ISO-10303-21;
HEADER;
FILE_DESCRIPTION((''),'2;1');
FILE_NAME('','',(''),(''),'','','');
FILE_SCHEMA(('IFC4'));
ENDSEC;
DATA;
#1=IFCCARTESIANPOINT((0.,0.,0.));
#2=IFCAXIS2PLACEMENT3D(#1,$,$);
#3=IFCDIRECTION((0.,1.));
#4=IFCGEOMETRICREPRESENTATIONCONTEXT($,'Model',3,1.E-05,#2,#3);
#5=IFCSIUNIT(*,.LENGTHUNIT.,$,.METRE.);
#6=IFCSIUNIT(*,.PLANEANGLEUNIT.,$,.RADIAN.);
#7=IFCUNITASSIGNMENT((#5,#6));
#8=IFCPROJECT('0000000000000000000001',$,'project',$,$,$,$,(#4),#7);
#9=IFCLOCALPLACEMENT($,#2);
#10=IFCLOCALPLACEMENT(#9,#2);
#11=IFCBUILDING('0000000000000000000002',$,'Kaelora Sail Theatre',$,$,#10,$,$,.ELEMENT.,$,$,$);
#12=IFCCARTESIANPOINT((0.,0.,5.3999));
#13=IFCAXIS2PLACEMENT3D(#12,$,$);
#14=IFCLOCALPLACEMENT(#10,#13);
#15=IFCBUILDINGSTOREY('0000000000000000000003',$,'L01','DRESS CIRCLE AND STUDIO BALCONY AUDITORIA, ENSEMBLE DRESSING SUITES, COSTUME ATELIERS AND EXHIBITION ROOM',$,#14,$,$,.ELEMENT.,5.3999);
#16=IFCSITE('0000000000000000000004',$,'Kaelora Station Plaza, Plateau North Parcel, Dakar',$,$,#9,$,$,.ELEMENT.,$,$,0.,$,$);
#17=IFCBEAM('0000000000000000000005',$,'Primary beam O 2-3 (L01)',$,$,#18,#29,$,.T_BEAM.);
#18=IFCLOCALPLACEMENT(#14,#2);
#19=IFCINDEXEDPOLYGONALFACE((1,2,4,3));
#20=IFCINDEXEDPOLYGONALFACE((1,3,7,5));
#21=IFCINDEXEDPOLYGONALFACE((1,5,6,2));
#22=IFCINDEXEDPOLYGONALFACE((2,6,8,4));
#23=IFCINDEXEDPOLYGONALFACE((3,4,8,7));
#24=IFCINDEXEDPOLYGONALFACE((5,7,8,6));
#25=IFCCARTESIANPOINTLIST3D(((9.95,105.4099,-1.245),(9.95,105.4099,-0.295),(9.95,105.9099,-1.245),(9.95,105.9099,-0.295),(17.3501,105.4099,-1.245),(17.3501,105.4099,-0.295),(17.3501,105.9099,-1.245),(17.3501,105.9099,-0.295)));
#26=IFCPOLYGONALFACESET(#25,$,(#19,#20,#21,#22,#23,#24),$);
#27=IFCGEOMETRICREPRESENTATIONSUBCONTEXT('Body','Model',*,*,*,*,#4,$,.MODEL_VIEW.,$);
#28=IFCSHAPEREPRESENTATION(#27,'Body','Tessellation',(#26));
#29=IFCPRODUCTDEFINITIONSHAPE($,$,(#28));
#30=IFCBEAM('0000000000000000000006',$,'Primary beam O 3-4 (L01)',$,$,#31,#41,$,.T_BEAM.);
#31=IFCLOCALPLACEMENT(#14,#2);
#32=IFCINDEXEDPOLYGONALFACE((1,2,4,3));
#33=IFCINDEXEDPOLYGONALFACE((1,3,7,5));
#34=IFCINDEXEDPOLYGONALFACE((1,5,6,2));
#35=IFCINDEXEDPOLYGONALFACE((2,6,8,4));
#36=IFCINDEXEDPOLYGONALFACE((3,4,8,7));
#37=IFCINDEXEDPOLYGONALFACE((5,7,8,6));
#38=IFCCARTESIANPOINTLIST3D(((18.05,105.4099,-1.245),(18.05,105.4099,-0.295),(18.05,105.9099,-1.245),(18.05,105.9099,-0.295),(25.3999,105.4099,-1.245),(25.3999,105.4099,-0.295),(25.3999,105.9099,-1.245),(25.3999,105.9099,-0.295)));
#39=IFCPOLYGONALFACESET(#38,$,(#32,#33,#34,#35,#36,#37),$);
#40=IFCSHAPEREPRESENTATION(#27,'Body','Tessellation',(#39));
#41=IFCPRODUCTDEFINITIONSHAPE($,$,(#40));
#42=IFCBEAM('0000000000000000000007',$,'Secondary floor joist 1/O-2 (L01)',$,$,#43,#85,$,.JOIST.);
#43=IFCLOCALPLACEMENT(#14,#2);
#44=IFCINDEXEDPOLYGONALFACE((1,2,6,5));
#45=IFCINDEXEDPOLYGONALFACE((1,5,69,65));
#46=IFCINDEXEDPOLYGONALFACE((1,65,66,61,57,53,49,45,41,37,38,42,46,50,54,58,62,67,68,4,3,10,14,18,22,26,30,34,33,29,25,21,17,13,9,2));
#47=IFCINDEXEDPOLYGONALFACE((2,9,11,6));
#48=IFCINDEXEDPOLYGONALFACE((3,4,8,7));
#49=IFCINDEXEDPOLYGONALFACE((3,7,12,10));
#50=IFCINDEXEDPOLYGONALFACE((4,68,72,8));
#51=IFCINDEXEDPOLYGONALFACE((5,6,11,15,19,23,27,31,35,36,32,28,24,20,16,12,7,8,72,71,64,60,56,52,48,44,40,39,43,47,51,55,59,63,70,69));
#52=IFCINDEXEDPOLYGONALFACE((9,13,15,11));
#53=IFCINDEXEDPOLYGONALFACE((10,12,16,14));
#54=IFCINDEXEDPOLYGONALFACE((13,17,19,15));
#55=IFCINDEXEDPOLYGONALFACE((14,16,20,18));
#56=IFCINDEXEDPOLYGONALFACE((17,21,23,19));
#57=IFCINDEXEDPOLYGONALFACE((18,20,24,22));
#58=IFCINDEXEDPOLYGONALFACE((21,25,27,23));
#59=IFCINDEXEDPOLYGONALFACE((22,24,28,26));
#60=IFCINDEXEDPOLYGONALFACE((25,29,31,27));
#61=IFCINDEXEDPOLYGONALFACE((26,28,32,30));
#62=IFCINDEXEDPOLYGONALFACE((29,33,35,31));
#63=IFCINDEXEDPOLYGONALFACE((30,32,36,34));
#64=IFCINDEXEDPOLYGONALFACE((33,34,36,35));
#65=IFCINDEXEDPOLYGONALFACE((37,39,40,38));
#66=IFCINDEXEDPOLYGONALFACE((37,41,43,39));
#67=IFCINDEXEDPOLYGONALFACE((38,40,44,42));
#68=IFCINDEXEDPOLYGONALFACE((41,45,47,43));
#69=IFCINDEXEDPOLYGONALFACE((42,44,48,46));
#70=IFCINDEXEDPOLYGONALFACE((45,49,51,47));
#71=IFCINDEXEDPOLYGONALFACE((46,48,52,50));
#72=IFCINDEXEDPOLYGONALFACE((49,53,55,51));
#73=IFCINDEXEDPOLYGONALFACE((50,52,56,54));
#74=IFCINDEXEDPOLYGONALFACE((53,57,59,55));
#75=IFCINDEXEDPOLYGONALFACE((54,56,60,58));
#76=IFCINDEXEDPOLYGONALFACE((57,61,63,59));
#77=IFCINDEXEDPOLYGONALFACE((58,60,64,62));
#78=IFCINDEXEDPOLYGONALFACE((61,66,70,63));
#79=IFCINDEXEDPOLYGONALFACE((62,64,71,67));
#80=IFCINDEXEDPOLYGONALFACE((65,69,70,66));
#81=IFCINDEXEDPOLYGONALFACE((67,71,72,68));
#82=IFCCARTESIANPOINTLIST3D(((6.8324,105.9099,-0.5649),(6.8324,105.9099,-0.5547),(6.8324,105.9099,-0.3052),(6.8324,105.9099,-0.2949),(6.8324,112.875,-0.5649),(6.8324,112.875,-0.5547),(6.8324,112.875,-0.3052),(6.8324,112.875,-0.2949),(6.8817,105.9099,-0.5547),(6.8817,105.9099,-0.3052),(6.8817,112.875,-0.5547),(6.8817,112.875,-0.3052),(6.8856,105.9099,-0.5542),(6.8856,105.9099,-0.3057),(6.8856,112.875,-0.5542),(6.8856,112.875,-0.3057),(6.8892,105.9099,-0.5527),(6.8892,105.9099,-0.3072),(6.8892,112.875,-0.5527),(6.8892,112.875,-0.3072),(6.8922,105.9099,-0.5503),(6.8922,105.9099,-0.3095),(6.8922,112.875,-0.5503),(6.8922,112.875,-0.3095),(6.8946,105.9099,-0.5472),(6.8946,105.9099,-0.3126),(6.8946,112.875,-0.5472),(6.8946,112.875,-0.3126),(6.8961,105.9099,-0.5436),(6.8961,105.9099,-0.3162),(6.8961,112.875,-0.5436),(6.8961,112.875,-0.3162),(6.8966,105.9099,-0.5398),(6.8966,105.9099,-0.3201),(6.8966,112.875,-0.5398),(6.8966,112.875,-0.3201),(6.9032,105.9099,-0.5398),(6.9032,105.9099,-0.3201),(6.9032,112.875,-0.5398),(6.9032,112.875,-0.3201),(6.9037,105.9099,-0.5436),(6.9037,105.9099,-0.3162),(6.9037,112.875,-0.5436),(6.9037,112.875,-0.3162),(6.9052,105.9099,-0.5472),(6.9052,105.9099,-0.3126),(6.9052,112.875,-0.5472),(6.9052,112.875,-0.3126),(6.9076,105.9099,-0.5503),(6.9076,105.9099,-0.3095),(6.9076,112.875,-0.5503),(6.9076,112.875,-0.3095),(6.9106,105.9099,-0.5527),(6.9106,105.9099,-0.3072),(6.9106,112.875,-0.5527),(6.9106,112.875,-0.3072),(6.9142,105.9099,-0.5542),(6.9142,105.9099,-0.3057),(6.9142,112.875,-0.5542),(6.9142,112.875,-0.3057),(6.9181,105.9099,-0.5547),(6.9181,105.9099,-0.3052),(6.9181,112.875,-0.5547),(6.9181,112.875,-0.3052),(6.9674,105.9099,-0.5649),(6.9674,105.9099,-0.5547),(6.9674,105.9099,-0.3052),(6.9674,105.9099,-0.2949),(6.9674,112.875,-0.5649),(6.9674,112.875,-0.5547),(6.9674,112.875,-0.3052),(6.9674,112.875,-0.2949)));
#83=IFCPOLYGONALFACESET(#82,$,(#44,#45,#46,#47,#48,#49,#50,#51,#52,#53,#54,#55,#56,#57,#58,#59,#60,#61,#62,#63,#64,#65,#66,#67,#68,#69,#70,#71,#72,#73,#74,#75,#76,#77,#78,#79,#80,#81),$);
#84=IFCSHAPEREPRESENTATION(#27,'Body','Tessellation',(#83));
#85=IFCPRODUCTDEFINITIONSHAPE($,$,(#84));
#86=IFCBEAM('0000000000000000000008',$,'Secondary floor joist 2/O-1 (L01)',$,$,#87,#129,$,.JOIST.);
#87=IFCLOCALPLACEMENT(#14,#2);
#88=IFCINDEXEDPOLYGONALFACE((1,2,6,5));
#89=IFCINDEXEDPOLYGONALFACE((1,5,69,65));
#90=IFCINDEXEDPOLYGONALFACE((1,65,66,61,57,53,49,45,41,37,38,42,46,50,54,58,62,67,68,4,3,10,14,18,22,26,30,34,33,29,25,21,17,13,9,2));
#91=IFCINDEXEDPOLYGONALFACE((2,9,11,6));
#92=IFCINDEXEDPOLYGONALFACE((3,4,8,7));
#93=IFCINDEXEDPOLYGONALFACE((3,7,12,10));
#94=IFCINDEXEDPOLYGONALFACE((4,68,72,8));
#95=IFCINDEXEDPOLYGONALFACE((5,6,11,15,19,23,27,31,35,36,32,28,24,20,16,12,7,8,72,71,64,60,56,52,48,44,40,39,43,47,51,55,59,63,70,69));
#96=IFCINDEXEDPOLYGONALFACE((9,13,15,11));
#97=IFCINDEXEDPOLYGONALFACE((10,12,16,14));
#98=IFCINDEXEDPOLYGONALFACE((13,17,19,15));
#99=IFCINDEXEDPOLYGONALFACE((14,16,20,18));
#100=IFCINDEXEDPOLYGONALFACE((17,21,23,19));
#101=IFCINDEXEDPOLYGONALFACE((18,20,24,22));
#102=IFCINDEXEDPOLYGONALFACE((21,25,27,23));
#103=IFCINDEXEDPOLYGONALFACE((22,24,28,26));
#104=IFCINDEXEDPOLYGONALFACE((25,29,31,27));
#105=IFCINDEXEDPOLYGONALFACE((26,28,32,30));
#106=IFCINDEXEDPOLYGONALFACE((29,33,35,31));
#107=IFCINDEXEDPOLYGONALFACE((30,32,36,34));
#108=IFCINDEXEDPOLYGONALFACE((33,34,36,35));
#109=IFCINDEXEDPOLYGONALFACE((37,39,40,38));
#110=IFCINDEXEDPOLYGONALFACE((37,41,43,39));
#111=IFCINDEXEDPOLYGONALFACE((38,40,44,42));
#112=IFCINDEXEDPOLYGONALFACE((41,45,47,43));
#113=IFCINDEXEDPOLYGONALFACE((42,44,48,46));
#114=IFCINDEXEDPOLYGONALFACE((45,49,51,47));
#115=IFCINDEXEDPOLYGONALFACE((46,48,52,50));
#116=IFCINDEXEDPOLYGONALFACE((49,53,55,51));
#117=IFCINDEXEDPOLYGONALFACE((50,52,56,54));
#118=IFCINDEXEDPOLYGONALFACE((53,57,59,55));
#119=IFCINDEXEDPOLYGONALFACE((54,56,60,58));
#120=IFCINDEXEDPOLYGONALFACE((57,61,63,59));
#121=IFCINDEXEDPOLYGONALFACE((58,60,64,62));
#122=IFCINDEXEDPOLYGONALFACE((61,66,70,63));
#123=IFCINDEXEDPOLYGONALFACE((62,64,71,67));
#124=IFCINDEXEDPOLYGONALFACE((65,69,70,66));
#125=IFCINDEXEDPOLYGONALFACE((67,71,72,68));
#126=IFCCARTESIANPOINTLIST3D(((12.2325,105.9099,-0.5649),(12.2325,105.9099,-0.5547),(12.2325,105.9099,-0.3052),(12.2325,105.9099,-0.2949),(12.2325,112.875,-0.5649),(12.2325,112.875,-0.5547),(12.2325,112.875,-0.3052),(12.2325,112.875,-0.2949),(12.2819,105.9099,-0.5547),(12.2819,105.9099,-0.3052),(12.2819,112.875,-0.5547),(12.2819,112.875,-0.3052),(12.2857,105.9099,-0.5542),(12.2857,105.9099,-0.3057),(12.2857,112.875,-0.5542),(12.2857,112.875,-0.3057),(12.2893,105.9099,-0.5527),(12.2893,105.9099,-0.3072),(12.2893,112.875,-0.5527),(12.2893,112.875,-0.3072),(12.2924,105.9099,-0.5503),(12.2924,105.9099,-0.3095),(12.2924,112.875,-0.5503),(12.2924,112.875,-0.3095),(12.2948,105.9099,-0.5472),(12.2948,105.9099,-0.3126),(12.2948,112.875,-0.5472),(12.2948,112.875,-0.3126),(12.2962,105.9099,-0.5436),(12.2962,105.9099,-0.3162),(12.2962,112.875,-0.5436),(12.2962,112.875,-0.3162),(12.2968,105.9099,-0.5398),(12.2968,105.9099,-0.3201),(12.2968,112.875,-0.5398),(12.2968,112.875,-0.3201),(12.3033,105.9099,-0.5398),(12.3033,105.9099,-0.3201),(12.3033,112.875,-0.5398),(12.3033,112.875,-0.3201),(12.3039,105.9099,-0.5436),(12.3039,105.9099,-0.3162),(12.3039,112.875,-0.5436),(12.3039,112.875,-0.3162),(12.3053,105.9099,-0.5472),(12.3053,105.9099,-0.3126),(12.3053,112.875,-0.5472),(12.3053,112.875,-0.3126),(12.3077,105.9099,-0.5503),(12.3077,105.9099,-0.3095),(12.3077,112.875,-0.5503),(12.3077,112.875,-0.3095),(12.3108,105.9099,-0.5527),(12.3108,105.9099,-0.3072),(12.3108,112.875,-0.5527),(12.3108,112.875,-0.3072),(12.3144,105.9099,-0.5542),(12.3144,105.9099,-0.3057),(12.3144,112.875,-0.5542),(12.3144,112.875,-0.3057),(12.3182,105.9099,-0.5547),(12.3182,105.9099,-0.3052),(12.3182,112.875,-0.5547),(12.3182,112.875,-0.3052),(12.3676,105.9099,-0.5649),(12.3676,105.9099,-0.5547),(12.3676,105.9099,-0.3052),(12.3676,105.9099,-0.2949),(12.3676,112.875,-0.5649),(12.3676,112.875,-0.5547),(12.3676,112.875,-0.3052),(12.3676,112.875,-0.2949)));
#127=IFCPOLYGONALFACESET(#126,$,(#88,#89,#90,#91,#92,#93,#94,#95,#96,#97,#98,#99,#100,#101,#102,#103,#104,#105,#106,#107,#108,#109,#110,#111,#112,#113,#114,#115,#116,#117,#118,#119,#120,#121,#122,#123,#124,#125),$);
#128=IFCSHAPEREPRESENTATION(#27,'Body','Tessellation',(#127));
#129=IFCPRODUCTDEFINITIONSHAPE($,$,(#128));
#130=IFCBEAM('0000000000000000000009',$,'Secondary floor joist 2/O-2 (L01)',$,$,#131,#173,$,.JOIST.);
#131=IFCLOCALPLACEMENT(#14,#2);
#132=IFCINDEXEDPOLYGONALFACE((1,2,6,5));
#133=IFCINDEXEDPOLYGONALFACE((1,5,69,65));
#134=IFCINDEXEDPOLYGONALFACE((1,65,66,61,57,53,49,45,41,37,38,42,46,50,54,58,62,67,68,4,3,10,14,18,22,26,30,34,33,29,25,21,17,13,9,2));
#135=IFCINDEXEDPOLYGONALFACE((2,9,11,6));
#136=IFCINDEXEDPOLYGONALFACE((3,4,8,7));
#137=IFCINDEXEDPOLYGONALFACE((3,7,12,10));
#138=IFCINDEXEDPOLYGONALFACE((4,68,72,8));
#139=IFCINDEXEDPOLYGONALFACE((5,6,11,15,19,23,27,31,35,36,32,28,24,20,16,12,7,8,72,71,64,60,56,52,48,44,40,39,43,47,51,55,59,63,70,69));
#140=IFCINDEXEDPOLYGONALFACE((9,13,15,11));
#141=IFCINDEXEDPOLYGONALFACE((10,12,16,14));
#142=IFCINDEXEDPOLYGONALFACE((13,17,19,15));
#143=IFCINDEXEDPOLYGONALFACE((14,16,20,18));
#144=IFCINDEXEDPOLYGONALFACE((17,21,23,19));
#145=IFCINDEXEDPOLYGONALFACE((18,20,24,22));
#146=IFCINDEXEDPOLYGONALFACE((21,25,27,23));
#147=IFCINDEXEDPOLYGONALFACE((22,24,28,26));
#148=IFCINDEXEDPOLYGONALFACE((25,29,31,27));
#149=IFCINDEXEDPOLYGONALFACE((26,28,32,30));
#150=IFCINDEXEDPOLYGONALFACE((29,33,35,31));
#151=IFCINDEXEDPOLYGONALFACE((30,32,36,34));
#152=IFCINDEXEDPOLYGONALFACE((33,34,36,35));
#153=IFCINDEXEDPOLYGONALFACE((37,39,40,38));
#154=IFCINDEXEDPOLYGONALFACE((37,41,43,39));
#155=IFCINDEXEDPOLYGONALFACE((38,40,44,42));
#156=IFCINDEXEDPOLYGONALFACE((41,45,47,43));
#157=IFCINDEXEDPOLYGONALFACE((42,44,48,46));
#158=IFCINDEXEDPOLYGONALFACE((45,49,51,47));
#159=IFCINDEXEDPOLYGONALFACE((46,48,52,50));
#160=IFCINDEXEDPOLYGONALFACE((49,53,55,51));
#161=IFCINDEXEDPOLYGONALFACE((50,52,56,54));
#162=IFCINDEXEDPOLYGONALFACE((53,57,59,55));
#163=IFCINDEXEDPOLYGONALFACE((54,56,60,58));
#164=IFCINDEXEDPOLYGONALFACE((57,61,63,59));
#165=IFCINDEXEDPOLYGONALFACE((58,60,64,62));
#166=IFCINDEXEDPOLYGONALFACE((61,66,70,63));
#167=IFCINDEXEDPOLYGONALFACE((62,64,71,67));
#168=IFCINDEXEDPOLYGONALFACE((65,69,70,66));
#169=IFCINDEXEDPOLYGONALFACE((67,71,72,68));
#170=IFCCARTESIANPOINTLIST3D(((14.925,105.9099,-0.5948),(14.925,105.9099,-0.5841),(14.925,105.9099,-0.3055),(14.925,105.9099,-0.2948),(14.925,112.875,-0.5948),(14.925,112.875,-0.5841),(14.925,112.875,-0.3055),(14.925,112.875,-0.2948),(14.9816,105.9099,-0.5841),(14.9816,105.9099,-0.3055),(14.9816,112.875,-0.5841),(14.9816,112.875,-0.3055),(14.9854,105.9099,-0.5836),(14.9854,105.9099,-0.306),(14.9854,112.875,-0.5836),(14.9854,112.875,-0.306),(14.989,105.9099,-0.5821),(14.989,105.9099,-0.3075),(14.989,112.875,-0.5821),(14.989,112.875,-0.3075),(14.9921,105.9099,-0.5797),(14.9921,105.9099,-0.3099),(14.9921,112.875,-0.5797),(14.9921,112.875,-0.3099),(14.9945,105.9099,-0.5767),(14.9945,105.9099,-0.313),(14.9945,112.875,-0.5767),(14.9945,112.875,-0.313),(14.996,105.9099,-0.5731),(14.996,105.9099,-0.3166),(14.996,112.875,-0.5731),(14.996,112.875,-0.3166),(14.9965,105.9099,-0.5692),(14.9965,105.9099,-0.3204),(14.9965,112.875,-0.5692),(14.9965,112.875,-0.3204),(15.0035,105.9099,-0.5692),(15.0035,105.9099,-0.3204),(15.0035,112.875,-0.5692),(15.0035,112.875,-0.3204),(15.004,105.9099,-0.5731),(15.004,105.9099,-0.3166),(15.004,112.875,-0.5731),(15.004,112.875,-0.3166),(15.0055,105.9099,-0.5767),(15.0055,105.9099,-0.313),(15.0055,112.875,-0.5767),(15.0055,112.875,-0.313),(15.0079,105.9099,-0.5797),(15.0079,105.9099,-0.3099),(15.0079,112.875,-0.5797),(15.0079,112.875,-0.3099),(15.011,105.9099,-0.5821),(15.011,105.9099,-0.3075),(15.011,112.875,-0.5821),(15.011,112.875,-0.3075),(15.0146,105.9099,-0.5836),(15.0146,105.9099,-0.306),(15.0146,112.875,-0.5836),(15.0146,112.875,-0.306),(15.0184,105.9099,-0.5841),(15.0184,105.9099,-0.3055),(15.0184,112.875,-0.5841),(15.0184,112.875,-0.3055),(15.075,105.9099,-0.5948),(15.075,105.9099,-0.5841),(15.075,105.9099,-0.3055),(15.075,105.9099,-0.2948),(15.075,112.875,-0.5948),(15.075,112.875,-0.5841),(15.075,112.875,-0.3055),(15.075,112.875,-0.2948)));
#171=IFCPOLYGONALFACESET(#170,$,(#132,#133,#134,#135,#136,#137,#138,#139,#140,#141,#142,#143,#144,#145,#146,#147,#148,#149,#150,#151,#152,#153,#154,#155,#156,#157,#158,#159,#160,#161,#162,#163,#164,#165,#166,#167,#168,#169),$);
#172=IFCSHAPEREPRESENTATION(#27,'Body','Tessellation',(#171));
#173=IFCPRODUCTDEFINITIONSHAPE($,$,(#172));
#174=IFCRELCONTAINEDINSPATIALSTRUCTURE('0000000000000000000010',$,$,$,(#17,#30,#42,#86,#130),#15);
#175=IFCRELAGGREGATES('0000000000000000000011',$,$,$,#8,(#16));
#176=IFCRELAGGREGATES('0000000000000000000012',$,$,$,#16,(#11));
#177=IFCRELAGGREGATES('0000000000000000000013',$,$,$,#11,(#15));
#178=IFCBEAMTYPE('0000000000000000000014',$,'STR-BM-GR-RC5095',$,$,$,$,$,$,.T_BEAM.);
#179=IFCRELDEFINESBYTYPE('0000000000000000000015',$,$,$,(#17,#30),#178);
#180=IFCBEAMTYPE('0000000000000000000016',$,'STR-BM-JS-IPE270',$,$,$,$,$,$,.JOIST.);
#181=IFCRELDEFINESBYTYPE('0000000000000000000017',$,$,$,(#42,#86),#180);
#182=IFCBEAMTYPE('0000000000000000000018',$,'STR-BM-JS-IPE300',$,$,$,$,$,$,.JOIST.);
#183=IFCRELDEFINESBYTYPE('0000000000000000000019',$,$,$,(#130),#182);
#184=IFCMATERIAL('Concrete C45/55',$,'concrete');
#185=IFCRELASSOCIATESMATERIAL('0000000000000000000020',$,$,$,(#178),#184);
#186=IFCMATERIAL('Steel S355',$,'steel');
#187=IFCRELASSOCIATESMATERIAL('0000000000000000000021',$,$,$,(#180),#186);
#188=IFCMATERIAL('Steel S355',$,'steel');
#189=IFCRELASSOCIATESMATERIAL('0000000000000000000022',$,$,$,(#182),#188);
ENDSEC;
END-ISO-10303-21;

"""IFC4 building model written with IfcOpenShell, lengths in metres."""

from ifc_helpers import new_model, si_unit, direction, frame, origin, origin_2d, place, context, subcontext, project, spatial, rectangle, i_section, extrude, material, material_profile, profile_set, type_object, element, save


model = new_model("IFC4")

# Units and contexts
model_context = context("Model", 3, precision=1e-05, world=origin(), true_north=direction((0.0, 1.0)))
body_context = subcontext(model_context, "Body", "Model", "MODEL_VIEW")
ifc_project = project(units=[si_unit("LENGTHUNIT", "METRE"), si_unit("PLANEANGLEUNIT", "RADIAN")], contexts=[model_context])

# Site, building, storey
site_placement = place(None, origin())
site = spatial("IfcSite", under=ifc_project, at=site_placement, Name="Kaelora Station Plaza, Plateau North Parcel, Dakar", CompositionType="ELEMENT", RefElevation=0.0)
building_placement = place(site_placement, origin())
building = spatial("IfcBuilding", under=site, at=building_placement, Name="Kaelora Sail Theatre", CompositionType="ELEMENT")
storey_placement = place(building_placement, frame((0.0, 0.0, 5.3999)))
storey = spatial("IfcBuildingStorey", under=building, at=storey_placement, Name="L01", Description="DRESS CIRCLE AND STUDIO BALCONY AUDITORIA, ENSEMBLE DRESSING SUITES, COSTUME ATELIERS AND EXHIBITION ROOM", CompositionType="ELEMENT", Elevation=5.3999)

# Beams
ifc_material_1 = material(Name="Concrete C45/55", Category="concrete")
ifc_material_profile_1 = material_profile(ifc_material_1, rectangle(XDim=0.5, YDim=0.95, at=origin_2d()), Name="RC-GRD 500x950")
ifc_profile_set_1 = profile_set([ifc_material_profile_1], Name="Concrete C45/55")
beam_type_1 = type_object("IfcBeamType", Name="STR-BM-GR-RC5095", PredefinedType="T_BEAM", material=ifc_profile_set_1)
beam_1_placement = place(storey_placement, frame((9.95, 105.6599, -0.77), z_axis=(1.0, 0.0, 0.0), x_axis=(0.0, 1.0, 0.0)))
element("IfcBeam", 1, at=beam_1_placement, inside=storey, type_object=beam_type_1, Name="Primary beam O 2-3 (L01)", PredefinedType="T_BEAM", context=body_context, shape_type="SweptSolid", body=[
    extrude(rectangle(XDim=0.5, YDim=0.95, at=origin_2d()), origin(), (0.0, 0.0, 1.0), 7.4001),
])
beam_2_placement = place(storey_placement, frame((18.05, 105.6599, -0.77), z_axis=(1.0, 0.0, 0.0), x_axis=(0.0, 1.0, 0.0)))
element("IfcBeam", 2, at=beam_2_placement, inside=storey, type_object=beam_type_1, Name="Primary beam O 3-4 (L01)", PredefinedType="T_BEAM", context=body_context, shape_type="SweptSolid", body=[
    extrude(rectangle(XDim=0.5, YDim=0.95, at=origin_2d()), origin(), (0.0, 0.0, 1.0), 7.3499),
])
ifc_material_2 = material(Name="Steel S355", Category="steel")
ifc_material_profile_2 = material_profile(ifc_material_2, i_section(OverallWidth=0.135, OverallDepth=0.27, WebThickness=0.0066, FlangeThickness=0.0103, FilletRadius=0.0149, at=origin_2d()), Name="IPE 270")
ifc_profile_set_2 = profile_set([ifc_material_profile_2], Name="Steel S355")
beam_type_2 = type_object("IfcBeamType", Name="STR-BM-JS-IPE270", PredefinedType="JOIST", material=ifc_profile_set_2)
for number, where, z_axis, x_axis, name in (
    (3, (6.8999, 105.9099, -0.4299), (0.0, 1.0, 0.0), (-1.0, 0.0, 0.0), "Secondary floor joist 1/O-2 (L01)"),
    (4, (12.3, 105.9099, -0.4299), (0.0, 1.0, 0.0), (-1.0, 0.0, 0.0), "Secondary floor joist 2/O-1 (L01)"),
):
    element("IfcBeam", number, at=place(storey_placement, frame(where, z_axis=z_axis, x_axis=x_axis)), inside=storey, type_object=beam_type_2, Name=name, PredefinedType="JOIST", context=body_context, shape_type="SweptSolid", body=[
        extrude(i_section(OverallWidth=0.135, OverallDepth=0.27, WebThickness=0.0066, FlangeThickness=0.0103, FilletRadius=0.0149, at=origin_2d()), origin(), (0.0, 0.0, 1.0), 6.9651),
    ])
ifc_material_3 = material(Name="Steel S355", Category="steel")
ifc_material_profile_3 = material_profile(ifc_material_3, i_section(OverallWidth=0.1499, OverallDepth=0.3, WebThickness=0.0071, FlangeThickness=0.0107, FilletRadius=0.0149, at=origin_2d()), Name="IPE 300")
ifc_profile_set_3 = profile_set([ifc_material_profile_3], Name="Steel S355")
beam_type_3 = type_object("IfcBeamType", Name="STR-BM-JS-IPE300", PredefinedType="JOIST", material=ifc_profile_set_3)
beam_3_placement = place(storey_placement, frame((15.0, 105.9099, -0.4448), z_axis=(0.0, 1.0, 0.0), x_axis=(-1.0, 0.0, 0.0)))
element("IfcBeam", 5, at=beam_3_placement, inside=storey, type_object=beam_type_3, Name="Secondary floor joist 2/O-2 (L01)", PredefinedType="JOIST", context=body_context, shape_type="SweptSolid", body=[
    extrude(i_section(OverallWidth=0.1499, OverallDepth=0.3, WebThickness=0.0071, FlangeThickness=0.0107, FilletRadius=0.0149, at=origin_2d()), origin(), (0.0, 0.0, 1.0), 6.9651),
])

save(model, "model.ifc")
